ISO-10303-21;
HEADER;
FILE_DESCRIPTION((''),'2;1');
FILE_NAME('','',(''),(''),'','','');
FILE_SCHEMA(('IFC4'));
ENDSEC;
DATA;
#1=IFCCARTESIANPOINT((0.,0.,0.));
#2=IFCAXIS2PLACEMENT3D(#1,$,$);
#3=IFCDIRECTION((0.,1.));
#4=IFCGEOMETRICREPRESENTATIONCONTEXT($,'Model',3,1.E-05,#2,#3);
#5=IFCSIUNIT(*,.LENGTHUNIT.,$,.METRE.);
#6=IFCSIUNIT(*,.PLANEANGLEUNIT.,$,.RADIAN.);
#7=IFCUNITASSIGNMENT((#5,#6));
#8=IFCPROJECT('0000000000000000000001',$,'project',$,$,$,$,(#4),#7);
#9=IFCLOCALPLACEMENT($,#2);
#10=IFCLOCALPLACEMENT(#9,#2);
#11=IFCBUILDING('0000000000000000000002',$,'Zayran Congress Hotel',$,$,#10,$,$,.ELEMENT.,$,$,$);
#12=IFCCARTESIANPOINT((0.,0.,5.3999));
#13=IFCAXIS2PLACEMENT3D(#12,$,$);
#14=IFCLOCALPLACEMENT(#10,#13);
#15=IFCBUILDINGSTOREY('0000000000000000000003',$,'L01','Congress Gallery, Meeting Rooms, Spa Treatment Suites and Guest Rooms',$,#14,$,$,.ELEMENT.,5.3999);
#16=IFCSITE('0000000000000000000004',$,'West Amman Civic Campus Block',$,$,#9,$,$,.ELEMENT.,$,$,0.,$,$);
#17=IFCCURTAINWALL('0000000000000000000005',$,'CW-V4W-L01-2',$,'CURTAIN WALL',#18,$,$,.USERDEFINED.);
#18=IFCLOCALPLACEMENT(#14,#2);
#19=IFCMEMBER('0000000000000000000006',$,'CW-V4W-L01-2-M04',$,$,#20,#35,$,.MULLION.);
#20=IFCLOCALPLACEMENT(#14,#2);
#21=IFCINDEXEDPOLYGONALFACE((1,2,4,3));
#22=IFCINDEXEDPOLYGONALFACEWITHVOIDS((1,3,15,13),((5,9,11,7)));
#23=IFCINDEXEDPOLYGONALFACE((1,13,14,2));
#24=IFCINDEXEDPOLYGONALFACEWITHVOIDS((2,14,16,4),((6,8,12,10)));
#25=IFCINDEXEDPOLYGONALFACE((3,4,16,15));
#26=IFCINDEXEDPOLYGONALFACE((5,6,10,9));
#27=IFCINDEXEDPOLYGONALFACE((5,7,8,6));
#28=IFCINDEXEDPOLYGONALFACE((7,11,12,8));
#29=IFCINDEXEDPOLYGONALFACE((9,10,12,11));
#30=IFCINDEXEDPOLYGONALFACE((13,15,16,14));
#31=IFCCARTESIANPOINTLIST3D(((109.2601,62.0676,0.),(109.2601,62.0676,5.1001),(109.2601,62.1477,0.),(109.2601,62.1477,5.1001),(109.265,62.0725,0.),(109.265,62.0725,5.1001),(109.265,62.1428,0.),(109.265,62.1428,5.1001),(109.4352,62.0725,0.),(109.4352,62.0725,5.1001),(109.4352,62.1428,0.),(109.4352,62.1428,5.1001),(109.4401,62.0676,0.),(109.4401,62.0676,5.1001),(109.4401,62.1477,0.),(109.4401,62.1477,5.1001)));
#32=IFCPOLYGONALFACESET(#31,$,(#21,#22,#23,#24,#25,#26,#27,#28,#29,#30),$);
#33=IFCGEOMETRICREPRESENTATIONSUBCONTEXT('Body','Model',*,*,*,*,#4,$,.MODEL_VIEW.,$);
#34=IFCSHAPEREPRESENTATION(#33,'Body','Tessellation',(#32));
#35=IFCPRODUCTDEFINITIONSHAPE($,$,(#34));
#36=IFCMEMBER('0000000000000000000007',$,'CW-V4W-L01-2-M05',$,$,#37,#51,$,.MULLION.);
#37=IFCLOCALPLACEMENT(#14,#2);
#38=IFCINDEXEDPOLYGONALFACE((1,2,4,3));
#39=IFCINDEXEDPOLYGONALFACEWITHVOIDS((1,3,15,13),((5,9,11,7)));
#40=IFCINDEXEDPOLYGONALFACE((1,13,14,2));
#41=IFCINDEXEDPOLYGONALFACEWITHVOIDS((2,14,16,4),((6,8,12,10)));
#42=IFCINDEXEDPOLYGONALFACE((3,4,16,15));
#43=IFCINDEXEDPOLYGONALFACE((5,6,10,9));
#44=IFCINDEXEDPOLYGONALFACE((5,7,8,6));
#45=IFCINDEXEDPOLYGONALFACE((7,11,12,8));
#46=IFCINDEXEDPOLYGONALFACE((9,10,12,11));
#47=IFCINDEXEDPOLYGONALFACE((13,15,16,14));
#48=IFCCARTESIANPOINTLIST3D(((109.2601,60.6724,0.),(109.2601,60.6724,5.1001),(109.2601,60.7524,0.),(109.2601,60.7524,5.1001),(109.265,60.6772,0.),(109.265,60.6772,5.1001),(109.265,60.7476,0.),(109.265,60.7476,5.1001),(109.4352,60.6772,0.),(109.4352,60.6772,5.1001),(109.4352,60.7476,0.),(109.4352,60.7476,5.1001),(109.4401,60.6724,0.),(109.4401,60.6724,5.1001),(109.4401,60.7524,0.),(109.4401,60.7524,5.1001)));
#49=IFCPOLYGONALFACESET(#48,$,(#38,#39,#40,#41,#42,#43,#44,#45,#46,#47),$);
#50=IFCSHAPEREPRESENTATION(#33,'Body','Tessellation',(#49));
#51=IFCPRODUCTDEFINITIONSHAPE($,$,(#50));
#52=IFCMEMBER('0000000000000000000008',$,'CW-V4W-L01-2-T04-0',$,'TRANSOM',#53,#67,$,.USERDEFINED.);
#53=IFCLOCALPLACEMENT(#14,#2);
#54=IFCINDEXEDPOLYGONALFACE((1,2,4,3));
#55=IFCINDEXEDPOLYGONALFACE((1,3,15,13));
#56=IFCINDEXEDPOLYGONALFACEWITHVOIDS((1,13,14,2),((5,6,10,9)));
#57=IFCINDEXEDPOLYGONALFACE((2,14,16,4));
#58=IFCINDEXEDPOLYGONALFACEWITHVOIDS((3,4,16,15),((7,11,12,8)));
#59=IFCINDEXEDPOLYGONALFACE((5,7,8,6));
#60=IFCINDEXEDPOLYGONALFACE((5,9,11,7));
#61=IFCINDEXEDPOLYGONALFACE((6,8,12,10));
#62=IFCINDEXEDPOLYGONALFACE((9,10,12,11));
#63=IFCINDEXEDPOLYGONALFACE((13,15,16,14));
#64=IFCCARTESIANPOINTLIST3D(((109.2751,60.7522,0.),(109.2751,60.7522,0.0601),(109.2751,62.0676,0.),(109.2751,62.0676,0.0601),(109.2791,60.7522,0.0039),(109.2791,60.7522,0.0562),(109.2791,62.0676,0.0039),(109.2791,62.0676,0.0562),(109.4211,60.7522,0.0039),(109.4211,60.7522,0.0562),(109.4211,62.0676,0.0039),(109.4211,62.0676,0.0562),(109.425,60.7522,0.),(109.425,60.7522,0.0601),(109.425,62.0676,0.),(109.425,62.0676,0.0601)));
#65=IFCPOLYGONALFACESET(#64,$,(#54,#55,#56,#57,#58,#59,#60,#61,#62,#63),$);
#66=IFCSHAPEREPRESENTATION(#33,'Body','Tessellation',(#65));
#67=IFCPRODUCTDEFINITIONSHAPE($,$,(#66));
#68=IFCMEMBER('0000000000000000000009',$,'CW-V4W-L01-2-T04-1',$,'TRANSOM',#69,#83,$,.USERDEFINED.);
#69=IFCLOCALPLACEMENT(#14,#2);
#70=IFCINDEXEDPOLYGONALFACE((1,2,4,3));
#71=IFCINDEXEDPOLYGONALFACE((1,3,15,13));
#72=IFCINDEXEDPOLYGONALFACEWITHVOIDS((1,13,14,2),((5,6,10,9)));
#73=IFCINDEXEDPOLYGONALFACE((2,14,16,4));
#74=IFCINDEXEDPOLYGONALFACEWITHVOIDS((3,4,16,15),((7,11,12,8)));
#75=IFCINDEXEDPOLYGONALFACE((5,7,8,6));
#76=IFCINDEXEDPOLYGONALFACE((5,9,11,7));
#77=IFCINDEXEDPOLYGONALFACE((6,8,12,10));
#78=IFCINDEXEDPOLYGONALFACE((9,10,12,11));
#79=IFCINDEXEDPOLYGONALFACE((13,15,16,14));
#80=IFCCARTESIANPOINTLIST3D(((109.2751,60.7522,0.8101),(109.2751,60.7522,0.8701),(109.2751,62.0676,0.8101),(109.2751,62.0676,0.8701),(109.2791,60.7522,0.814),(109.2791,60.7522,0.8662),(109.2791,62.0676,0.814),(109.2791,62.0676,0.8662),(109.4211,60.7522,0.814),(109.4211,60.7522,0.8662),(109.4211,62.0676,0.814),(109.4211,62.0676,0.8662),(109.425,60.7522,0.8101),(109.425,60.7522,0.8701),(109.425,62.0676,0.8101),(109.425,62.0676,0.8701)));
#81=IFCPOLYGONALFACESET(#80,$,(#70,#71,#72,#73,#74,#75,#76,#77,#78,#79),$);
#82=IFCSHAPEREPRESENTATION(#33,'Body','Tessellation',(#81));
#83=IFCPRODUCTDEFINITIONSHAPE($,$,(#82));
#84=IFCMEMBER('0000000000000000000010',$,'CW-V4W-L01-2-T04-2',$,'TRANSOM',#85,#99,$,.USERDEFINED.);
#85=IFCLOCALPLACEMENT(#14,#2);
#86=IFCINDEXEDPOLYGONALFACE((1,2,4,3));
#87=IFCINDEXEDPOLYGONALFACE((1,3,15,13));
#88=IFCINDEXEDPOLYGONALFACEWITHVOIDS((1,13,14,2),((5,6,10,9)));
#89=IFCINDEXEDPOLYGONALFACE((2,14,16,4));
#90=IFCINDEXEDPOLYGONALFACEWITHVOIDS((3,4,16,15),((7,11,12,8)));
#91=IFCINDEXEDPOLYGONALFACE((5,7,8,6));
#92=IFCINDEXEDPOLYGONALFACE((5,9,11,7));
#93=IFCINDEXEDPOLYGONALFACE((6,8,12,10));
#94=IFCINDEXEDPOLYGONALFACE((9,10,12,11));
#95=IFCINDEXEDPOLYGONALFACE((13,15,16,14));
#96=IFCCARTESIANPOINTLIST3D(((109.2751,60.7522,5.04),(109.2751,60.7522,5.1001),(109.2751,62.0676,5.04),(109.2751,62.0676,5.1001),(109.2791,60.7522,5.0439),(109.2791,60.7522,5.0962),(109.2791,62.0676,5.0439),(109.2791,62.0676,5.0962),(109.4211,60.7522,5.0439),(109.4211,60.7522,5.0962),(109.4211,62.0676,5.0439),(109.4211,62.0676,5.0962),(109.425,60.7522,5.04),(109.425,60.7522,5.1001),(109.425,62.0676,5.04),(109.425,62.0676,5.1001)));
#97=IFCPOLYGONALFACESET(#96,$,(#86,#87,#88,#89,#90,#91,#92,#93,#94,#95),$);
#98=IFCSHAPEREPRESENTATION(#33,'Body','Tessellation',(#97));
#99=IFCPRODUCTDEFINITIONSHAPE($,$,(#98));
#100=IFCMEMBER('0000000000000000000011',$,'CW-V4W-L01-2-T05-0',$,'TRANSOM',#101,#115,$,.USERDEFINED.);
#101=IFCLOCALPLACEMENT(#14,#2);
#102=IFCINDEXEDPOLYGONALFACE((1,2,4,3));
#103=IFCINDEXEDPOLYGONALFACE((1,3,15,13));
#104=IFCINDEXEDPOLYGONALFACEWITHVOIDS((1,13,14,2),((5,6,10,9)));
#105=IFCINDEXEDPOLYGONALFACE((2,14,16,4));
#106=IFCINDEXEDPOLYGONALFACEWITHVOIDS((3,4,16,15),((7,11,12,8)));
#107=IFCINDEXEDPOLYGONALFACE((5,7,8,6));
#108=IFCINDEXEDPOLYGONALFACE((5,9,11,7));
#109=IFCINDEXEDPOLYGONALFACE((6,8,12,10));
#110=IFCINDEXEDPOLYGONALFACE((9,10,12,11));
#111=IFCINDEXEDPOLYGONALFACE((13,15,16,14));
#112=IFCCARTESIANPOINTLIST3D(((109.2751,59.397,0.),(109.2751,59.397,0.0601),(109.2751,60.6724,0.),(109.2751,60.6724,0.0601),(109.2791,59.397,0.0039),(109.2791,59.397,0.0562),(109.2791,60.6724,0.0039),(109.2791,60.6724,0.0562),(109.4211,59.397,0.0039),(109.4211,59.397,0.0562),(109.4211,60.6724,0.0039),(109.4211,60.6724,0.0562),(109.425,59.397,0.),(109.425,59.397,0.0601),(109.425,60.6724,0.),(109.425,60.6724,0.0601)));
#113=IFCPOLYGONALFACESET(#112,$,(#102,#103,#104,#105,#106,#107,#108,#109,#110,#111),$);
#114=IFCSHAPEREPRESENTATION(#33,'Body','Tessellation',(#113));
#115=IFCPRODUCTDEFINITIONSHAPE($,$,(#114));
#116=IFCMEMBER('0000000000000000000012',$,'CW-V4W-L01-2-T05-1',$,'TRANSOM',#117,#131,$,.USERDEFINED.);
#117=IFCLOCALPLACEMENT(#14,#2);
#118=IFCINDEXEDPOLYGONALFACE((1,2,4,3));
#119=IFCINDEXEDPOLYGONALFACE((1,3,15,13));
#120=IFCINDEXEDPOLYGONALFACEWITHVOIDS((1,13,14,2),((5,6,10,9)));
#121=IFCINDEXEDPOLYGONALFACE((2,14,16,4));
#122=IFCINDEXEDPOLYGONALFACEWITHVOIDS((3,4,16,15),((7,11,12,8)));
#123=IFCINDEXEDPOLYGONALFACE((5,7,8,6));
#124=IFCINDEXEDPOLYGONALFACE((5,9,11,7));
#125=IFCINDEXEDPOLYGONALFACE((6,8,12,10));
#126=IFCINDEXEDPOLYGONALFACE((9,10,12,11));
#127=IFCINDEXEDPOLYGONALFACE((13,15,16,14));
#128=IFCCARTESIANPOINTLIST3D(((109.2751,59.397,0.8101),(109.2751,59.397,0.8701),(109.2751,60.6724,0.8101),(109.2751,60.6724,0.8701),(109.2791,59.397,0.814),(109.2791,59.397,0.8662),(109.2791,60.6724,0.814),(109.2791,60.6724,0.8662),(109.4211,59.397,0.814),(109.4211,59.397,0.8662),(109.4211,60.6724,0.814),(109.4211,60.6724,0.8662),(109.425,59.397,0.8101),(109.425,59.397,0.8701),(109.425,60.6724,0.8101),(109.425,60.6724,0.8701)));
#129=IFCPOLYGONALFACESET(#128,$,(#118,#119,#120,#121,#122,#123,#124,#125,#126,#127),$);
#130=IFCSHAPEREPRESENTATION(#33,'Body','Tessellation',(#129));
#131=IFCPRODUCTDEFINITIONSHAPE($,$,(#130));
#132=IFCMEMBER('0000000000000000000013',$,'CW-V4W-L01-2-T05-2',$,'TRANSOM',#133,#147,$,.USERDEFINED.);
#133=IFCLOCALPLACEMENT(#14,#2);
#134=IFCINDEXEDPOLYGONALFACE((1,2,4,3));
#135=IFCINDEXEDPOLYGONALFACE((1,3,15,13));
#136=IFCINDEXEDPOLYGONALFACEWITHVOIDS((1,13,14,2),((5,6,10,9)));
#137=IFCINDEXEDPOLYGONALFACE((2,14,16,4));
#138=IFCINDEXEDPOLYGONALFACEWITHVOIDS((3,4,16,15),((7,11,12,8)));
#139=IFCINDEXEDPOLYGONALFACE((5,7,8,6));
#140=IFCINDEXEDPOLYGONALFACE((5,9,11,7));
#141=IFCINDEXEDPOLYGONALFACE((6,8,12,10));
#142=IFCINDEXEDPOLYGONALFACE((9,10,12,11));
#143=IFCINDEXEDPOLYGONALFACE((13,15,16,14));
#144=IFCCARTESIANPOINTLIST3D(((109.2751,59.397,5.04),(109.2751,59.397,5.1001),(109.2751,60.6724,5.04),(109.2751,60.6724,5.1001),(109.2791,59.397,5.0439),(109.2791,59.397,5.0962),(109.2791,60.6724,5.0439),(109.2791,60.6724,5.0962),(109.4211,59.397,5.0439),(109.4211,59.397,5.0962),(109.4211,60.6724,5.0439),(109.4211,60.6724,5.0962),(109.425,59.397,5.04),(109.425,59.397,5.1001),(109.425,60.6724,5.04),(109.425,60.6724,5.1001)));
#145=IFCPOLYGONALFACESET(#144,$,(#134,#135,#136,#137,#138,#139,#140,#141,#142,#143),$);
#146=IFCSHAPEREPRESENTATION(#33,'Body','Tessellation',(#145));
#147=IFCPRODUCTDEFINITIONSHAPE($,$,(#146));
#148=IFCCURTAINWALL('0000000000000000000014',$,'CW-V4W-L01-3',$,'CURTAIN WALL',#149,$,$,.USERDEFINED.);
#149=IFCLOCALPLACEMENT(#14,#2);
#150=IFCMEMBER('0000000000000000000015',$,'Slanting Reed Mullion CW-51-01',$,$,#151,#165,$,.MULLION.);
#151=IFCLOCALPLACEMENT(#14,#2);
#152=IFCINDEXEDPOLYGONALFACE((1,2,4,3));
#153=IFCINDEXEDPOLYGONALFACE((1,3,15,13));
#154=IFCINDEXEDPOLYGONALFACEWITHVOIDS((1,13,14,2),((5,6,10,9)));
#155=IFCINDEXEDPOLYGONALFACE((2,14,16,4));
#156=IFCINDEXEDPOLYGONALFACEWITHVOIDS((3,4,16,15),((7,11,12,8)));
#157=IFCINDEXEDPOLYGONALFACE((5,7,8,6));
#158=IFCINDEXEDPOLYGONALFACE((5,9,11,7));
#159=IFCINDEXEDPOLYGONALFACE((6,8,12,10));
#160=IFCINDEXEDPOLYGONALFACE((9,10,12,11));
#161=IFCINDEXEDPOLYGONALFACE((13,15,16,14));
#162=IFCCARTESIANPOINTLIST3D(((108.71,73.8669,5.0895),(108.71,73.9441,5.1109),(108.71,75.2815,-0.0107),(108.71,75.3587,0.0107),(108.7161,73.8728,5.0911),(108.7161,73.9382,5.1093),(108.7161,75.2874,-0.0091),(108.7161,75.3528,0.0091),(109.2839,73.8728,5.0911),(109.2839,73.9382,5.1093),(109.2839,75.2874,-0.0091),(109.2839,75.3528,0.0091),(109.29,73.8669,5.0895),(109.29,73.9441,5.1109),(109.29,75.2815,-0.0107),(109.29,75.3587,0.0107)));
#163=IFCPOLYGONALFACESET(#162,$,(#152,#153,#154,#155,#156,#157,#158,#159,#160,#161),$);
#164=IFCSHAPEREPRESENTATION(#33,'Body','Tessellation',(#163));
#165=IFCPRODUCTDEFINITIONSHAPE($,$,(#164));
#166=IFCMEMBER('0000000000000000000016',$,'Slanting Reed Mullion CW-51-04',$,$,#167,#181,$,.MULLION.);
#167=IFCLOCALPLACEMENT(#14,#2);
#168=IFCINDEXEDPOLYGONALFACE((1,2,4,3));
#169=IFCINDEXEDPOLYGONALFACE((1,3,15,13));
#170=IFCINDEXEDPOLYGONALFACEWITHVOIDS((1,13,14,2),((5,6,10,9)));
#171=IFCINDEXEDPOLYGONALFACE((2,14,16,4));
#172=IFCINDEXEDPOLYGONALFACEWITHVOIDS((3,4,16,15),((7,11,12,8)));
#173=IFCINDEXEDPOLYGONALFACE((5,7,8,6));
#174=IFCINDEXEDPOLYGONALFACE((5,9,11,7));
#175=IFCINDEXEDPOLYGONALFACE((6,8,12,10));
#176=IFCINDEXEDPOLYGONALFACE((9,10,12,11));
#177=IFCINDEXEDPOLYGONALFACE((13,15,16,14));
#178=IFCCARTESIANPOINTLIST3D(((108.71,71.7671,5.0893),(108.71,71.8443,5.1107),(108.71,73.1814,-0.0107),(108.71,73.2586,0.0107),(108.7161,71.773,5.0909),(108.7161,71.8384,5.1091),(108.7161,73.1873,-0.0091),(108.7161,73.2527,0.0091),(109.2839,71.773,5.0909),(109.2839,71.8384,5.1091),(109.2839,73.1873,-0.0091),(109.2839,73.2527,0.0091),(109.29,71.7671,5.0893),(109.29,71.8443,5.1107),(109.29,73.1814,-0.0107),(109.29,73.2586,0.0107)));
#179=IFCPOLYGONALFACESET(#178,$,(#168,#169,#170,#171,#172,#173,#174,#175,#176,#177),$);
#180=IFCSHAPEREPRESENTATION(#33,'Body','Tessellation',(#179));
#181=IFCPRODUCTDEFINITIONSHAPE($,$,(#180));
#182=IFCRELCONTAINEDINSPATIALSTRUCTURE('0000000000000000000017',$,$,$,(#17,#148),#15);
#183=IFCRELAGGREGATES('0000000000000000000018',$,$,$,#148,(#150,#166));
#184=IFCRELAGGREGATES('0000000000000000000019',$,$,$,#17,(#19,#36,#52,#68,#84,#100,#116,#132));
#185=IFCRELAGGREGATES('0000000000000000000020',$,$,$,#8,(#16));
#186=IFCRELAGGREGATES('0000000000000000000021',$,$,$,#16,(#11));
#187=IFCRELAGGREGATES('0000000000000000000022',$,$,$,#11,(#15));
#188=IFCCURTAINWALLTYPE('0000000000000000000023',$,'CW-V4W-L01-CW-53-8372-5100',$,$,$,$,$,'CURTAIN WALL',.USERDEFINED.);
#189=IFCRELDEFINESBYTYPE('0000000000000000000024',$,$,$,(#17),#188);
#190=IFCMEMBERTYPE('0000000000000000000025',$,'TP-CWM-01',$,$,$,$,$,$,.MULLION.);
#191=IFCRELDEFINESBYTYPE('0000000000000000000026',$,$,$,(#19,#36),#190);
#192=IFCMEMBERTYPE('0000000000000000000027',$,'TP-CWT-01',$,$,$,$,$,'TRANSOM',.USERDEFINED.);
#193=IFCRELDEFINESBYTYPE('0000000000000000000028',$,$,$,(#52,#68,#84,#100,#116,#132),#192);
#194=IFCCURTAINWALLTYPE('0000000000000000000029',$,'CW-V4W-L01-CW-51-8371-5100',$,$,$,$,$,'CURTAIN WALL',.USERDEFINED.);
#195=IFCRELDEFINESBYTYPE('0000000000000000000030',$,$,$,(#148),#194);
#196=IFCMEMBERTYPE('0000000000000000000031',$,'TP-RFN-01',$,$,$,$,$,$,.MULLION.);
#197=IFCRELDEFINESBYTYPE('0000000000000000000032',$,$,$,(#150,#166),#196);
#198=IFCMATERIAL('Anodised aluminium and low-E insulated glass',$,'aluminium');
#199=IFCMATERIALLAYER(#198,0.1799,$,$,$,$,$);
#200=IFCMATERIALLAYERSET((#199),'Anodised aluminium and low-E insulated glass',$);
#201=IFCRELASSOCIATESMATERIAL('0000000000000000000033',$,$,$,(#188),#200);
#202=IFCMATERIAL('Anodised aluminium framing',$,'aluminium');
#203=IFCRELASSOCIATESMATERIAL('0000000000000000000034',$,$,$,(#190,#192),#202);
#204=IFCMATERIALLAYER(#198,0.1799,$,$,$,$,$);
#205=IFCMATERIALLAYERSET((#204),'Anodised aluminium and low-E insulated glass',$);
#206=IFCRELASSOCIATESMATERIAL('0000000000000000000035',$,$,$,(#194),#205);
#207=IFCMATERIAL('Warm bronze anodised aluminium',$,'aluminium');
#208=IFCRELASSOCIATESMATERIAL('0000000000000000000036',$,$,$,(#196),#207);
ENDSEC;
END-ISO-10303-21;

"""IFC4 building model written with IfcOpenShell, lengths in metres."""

from ifc_helpers import new_model, si_unit, direction, frame, origin, origin_2d, place, context, subcontext, project, spatial, hollow_rectangle, extrude, material, layer, layer_set, material_profile, profile_set, type_object, element, aggregate, save


model = new_model("IFC4")

# Units and contexts
model_context = context("Model", 3, precision=1e-05, world=origin(), true_north=direction((0.0, 1.0)))
body_context = subcontext(model_context, "Body", "Model", "MODEL_VIEW")
ifc_project = project(units=[si_unit("LENGTHUNIT", "METRE"), si_unit("PLANEANGLEUNIT", "RADIAN")], contexts=[model_context])

# Site, building, storey
site_placement = place(None, origin())
site = spatial("IfcSite", under=ifc_project, at=site_placement, Name="West Amman Civic Campus Block", CompositionType="ELEMENT", RefElevation=0.0)
building_placement = place(site_placement, origin())
building = spatial("IfcBuilding", under=site, at=building_placement, Name="Zayran Congress Hotel", CompositionType="ELEMENT")
storey_placement = place(building_placement, frame((0.0, 0.0, 5.3999)))
storey = spatial("IfcBuildingStorey", under=building, at=storey_placement, Name="L01", Description="Congress Gallery, Meeting Rooms, Spa Treatment Suites and Guest Rooms", CompositionType="ELEMENT", Elevation=5.3999)

# Curtain walls, members
ifc_material_1 = material(Name="Anodised aluminium and low-E insulated glass", Category="aluminium")
ifc_layer_1 = layer(ifc_material_1, 0.1799)
ifc_layer_set_1 = layer_set([ifc_layer_1], Name="Anodised aluminium and low-E insulated glass")
curtain_wall_type_1 = type_object("IfcCurtainWallType", Name="CW-V4W-L01-CW-53-8372-5100", ElementType="CURTAIN WALL", PredefinedType="USERDEFINED", material=ifc_layer_set_1)
curtain_wall_1_placement = place(storey_placement, origin())
curtain_wall_1 = element("IfcCurtainWall", 1, at=curtain_wall_1_placement, inside=storey, type_object=curtain_wall_type_1, Name="CW-V4W-L01-2", ObjectType="CURTAIN WALL", PredefinedType="USERDEFINED")
ifc_material_2 = material(Name="Anodised aluminium framing", Category="aluminium")
ifc_material_profile_1 = material_profile(ifc_material_2, hollow_rectangle(XDim=0.0801, YDim=0.1799, WallThickness=0.0049, at=origin_2d()), Name="RHS 180x80x5")
ifc_profile_set_1 = profile_set([ifc_material_profile_1], Name="Anodised aluminium framing")
member_type_1 = type_object("IfcMemberType", Name="TP-CWM-01", PredefinedType="MULLION", material=ifc_profile_set_1)
member_1_placement = place(storey_placement, frame((109.3501, 62.1077, 0.0), z_axis=(0.0, 0.0, 1.0), x_axis=(0.0, 1.0, 0.0)))
member_1 = element("IfcMember", 2, at=member_1_placement, type_object=member_type_1, Name="CW-V4W-L01-2-M04", PredefinedType="MULLION", context=body_context, shape_type="SweptSolid", body=[
    extrude(hollow_rectangle(XDim=0.0801, YDim=0.1799, WallThickness=0.0049, at=origin_2d()), origin(), (0.0, 0.0, 1.0), 5.1001),
])
member_2_placement = place(storey_placement, frame((109.3501, 60.7124, 0.0), z_axis=(0.0, 0.0, 1.0), x_axis=(0.0, 1.0, 0.0)))
member_2 = element("IfcMember", 3, at=member_2_placement, type_object=member_type_1, Name="CW-V4W-L01-2-M05", PredefinedType="MULLION", context=body_context, shape_type="SweptSolid", body=[
    extrude(hollow_rectangle(XDim=0.0801, YDim=0.1799, WallThickness=0.0049, at=origin_2d()), origin(), (0.0, 0.0, 1.0), 5.1001),
])
ifc_material_profile_2 = material_profile(ifc_material_2, hollow_rectangle(XDim=0.0601, YDim=0.1499, WallThickness=0.0039, at=origin_2d()), Name="RHS 150x60x4")
ifc_profile_set_2 = profile_set([ifc_material_profile_2], Name="Anodised aluminium framing")
member_type_2 = type_object("IfcMemberType", Name="TP-CWT-01", ElementType="TRANSOM", PredefinedType="USERDEFINED", material=ifc_profile_set_2)
member_3_placement = place(storey_placement, frame((109.3501, 62.0676, 0.03), z_axis=(0.0, -1.0, 0.0), x_axis=(0.0, 0.0, 1.0)))
member_3 = element("IfcMember", 4, at=member_3_placement, type_object=member_type_2, Name="CW-V4W-L01-2-T04-0", ObjectType="TRANSOM", PredefinedType="USERDEFINED", context=body_context, shape_type="SweptSolid", body=[
    extrude(hollow_rectangle(XDim=0.0601, YDim=0.1499, WallThickness=0.0039, at=origin_2d()), origin(), (0.0, 0.0, 1.0), 1.3154),
])
member_4_placement = place(storey_placement, frame((109.3501, 62.0676, 0.8401), z_axis=(0.0, -1.0, 0.0), x_axis=(0.0, 0.0, 1.0)))
member_4 = element("IfcMember", 5, at=member_4_placement, type_object=member_type_2, Name="CW-V4W-L01-2-T04-1", ObjectType="TRANSOM", PredefinedType="USERDEFINED", context=body_context, shape_type="SweptSolid", body=[
    extrude(hollow_rectangle(XDim=0.0601, YDim=0.1499, WallThickness=0.0039, at=origin_2d()), origin(), (0.0, 0.0, 1.0), 1.3154),
])
member_5_placement = place(storey_placement, frame((109.3501, 62.0676, 5.0701), z_axis=(0.0, -1.0, 0.0), x_axis=(0.0, 0.0, 1.0)))
member_5 = element("IfcMember", 6, at=member_5_placement, type_object=member_type_2, Name="CW-V4W-L01-2-T04-2", ObjectType="TRANSOM", PredefinedType="USERDEFINED", context=body_context, shape_type="SweptSolid", body=[
    extrude(hollow_rectangle(XDim=0.0601, YDim=0.1499, WallThickness=0.0039, at=origin_2d()), origin(), (0.0, 0.0, 1.0), 1.3154),
])
member_6_placement = place(storey_placement, frame((109.3501, 60.6724, 0.03), z_axis=(0.0, -1.0, 0.0), x_axis=(0.0, 0.0, 1.0)))
member_6 = element("IfcMember", 7, at=member_6_placement, type_object=member_type_2, Name="CW-V4W-L01-2-T05-0", ObjectType="TRANSOM", PredefinedType="USERDEFINED", context=body_context, shape_type="SweptSolid", body=[
    extrude(hollow_rectangle(XDim=0.0601, YDim=0.1499, WallThickness=0.0039, at=origin_2d()), origin(), (0.0, 0.0, 1.0), 1.2754),
])
member_7_placement = place(storey_placement, frame((109.3501, 60.6724, 0.8401), z_axis=(0.0, -1.0, 0.0), x_axis=(0.0, 0.0, 1.0)))
member_7 = element("IfcMember", 8, at=member_7_placement, type_object=member_type_2, Name="CW-V4W-L01-2-T05-1", ObjectType="TRANSOM", PredefinedType="USERDEFINED", context=body_context, shape_type="SweptSolid", body=[
    extrude(hollow_rectangle(XDim=0.0601, YDim=0.1499, WallThickness=0.0039, at=origin_2d()), origin(), (0.0, 0.0, 1.0), 1.2754),
])
member_8_placement = place(storey_placement, frame((109.3501, 60.6724, 5.0701), z_axis=(0.0, -1.0, 0.0), x_axis=(0.0, 0.0, 1.0)))
member_8 = element("IfcMember", 9, at=member_8_placement, type_object=member_type_2, Name="CW-V4W-L01-2-T05-2", ObjectType="TRANSOM", PredefinedType="USERDEFINED", context=body_context, shape_type="SweptSolid", body=[
    extrude(hollow_rectangle(XDim=0.0601, YDim=0.1499, WallThickness=0.0039, at=origin_2d()), origin(), (0.0, 0.0, 1.0), 1.2754),
])
ifc_layer_2 = layer(ifc_material_1, 0.1799)
ifc_layer_set_2 = layer_set([ifc_layer_2], Name="Anodised aluminium and low-E insulated glass")
curtain_wall_type_2 = type_object("IfcCurtainWallType", Name="CW-V4W-L01-CW-51-8371-5100", ElementType="CURTAIN WALL", PredefinedType="USERDEFINED", material=ifc_layer_set_2)
curtain_wall_2_placement = place(storey_placement, origin())
curtain_wall_2 = element("IfcCurtainWall", 10, at=curtain_wall_2_placement, inside=storey, type_object=curtain_wall_type_2, Name="CW-V4W-L01-3", ObjectType="CURTAIN WALL", PredefinedType="USERDEFINED")
ifc_material_3 = material(Name="Warm bronze anodised aluminium", Category="aluminium")
ifc_material_profile_3 = material_profile(ifc_material_3, hollow_rectangle(XDim=0.0801, YDim=0.5801, WallThickness=0.0061, at=origin_2d()), Name="RHS 580x80x6")
ifc_profile_set_3 = profile_set([ifc_material_profile_3], Name="Warm bronze anodised aluminium")
member_type_3 = type_object("IfcMemberType", Name="TP-RFN-01", PredefinedType="MULLION", material=ifc_profile_set_3)
member_9_placement = place(storey_placement, frame((109.0, 75.3201, 0.0), z_axis=(0.0, -0.267268, 0.963622), x_axis=(0.0, 0.963622, 0.267268)))
member_9 = element("IfcMember", 11, at=member_9_placement, type_object=member_type_3, Name="Slanting Reed Mullion CW-51-01", PredefinedType="MULLION", context=body_context, shape_type="SweptSolid", body=[
    extrude(hollow_rectangle(XDim=0.0801, YDim=0.5801, WallThickness=0.0061, at=origin_2d()), origin(), (0.0, 0.0, 1.0), 5.2927),
])
member_10_placement = place(storey_placement, frame((109.0, 73.22, 0.0), z_axis=(0.0, -0.267225, 0.963634), x_axis=(0.0, 0.963634, 0.267225)))
member_10 = element("IfcMember", 12, at=member_10_placement, type_object=member_type_3, Name="Slanting Reed Mullion CW-51-04", PredefinedType="MULLION", context=body_context, shape_type="SweptSolid", body=[
    extrude(hollow_rectangle(XDim=0.0801, YDim=0.5801, WallThickness=0.0061, at=origin_2d()), origin(), (0.0, 0.0, 1.0), 5.2925),
])

aggregate(curtain_wall_2, [member_9, member_10])

aggregate(curtain_wall_1, [member_1, member_2, member_3, member_4, member_5, member_6, member_7, member_8])

save(model, "model.ifc")
